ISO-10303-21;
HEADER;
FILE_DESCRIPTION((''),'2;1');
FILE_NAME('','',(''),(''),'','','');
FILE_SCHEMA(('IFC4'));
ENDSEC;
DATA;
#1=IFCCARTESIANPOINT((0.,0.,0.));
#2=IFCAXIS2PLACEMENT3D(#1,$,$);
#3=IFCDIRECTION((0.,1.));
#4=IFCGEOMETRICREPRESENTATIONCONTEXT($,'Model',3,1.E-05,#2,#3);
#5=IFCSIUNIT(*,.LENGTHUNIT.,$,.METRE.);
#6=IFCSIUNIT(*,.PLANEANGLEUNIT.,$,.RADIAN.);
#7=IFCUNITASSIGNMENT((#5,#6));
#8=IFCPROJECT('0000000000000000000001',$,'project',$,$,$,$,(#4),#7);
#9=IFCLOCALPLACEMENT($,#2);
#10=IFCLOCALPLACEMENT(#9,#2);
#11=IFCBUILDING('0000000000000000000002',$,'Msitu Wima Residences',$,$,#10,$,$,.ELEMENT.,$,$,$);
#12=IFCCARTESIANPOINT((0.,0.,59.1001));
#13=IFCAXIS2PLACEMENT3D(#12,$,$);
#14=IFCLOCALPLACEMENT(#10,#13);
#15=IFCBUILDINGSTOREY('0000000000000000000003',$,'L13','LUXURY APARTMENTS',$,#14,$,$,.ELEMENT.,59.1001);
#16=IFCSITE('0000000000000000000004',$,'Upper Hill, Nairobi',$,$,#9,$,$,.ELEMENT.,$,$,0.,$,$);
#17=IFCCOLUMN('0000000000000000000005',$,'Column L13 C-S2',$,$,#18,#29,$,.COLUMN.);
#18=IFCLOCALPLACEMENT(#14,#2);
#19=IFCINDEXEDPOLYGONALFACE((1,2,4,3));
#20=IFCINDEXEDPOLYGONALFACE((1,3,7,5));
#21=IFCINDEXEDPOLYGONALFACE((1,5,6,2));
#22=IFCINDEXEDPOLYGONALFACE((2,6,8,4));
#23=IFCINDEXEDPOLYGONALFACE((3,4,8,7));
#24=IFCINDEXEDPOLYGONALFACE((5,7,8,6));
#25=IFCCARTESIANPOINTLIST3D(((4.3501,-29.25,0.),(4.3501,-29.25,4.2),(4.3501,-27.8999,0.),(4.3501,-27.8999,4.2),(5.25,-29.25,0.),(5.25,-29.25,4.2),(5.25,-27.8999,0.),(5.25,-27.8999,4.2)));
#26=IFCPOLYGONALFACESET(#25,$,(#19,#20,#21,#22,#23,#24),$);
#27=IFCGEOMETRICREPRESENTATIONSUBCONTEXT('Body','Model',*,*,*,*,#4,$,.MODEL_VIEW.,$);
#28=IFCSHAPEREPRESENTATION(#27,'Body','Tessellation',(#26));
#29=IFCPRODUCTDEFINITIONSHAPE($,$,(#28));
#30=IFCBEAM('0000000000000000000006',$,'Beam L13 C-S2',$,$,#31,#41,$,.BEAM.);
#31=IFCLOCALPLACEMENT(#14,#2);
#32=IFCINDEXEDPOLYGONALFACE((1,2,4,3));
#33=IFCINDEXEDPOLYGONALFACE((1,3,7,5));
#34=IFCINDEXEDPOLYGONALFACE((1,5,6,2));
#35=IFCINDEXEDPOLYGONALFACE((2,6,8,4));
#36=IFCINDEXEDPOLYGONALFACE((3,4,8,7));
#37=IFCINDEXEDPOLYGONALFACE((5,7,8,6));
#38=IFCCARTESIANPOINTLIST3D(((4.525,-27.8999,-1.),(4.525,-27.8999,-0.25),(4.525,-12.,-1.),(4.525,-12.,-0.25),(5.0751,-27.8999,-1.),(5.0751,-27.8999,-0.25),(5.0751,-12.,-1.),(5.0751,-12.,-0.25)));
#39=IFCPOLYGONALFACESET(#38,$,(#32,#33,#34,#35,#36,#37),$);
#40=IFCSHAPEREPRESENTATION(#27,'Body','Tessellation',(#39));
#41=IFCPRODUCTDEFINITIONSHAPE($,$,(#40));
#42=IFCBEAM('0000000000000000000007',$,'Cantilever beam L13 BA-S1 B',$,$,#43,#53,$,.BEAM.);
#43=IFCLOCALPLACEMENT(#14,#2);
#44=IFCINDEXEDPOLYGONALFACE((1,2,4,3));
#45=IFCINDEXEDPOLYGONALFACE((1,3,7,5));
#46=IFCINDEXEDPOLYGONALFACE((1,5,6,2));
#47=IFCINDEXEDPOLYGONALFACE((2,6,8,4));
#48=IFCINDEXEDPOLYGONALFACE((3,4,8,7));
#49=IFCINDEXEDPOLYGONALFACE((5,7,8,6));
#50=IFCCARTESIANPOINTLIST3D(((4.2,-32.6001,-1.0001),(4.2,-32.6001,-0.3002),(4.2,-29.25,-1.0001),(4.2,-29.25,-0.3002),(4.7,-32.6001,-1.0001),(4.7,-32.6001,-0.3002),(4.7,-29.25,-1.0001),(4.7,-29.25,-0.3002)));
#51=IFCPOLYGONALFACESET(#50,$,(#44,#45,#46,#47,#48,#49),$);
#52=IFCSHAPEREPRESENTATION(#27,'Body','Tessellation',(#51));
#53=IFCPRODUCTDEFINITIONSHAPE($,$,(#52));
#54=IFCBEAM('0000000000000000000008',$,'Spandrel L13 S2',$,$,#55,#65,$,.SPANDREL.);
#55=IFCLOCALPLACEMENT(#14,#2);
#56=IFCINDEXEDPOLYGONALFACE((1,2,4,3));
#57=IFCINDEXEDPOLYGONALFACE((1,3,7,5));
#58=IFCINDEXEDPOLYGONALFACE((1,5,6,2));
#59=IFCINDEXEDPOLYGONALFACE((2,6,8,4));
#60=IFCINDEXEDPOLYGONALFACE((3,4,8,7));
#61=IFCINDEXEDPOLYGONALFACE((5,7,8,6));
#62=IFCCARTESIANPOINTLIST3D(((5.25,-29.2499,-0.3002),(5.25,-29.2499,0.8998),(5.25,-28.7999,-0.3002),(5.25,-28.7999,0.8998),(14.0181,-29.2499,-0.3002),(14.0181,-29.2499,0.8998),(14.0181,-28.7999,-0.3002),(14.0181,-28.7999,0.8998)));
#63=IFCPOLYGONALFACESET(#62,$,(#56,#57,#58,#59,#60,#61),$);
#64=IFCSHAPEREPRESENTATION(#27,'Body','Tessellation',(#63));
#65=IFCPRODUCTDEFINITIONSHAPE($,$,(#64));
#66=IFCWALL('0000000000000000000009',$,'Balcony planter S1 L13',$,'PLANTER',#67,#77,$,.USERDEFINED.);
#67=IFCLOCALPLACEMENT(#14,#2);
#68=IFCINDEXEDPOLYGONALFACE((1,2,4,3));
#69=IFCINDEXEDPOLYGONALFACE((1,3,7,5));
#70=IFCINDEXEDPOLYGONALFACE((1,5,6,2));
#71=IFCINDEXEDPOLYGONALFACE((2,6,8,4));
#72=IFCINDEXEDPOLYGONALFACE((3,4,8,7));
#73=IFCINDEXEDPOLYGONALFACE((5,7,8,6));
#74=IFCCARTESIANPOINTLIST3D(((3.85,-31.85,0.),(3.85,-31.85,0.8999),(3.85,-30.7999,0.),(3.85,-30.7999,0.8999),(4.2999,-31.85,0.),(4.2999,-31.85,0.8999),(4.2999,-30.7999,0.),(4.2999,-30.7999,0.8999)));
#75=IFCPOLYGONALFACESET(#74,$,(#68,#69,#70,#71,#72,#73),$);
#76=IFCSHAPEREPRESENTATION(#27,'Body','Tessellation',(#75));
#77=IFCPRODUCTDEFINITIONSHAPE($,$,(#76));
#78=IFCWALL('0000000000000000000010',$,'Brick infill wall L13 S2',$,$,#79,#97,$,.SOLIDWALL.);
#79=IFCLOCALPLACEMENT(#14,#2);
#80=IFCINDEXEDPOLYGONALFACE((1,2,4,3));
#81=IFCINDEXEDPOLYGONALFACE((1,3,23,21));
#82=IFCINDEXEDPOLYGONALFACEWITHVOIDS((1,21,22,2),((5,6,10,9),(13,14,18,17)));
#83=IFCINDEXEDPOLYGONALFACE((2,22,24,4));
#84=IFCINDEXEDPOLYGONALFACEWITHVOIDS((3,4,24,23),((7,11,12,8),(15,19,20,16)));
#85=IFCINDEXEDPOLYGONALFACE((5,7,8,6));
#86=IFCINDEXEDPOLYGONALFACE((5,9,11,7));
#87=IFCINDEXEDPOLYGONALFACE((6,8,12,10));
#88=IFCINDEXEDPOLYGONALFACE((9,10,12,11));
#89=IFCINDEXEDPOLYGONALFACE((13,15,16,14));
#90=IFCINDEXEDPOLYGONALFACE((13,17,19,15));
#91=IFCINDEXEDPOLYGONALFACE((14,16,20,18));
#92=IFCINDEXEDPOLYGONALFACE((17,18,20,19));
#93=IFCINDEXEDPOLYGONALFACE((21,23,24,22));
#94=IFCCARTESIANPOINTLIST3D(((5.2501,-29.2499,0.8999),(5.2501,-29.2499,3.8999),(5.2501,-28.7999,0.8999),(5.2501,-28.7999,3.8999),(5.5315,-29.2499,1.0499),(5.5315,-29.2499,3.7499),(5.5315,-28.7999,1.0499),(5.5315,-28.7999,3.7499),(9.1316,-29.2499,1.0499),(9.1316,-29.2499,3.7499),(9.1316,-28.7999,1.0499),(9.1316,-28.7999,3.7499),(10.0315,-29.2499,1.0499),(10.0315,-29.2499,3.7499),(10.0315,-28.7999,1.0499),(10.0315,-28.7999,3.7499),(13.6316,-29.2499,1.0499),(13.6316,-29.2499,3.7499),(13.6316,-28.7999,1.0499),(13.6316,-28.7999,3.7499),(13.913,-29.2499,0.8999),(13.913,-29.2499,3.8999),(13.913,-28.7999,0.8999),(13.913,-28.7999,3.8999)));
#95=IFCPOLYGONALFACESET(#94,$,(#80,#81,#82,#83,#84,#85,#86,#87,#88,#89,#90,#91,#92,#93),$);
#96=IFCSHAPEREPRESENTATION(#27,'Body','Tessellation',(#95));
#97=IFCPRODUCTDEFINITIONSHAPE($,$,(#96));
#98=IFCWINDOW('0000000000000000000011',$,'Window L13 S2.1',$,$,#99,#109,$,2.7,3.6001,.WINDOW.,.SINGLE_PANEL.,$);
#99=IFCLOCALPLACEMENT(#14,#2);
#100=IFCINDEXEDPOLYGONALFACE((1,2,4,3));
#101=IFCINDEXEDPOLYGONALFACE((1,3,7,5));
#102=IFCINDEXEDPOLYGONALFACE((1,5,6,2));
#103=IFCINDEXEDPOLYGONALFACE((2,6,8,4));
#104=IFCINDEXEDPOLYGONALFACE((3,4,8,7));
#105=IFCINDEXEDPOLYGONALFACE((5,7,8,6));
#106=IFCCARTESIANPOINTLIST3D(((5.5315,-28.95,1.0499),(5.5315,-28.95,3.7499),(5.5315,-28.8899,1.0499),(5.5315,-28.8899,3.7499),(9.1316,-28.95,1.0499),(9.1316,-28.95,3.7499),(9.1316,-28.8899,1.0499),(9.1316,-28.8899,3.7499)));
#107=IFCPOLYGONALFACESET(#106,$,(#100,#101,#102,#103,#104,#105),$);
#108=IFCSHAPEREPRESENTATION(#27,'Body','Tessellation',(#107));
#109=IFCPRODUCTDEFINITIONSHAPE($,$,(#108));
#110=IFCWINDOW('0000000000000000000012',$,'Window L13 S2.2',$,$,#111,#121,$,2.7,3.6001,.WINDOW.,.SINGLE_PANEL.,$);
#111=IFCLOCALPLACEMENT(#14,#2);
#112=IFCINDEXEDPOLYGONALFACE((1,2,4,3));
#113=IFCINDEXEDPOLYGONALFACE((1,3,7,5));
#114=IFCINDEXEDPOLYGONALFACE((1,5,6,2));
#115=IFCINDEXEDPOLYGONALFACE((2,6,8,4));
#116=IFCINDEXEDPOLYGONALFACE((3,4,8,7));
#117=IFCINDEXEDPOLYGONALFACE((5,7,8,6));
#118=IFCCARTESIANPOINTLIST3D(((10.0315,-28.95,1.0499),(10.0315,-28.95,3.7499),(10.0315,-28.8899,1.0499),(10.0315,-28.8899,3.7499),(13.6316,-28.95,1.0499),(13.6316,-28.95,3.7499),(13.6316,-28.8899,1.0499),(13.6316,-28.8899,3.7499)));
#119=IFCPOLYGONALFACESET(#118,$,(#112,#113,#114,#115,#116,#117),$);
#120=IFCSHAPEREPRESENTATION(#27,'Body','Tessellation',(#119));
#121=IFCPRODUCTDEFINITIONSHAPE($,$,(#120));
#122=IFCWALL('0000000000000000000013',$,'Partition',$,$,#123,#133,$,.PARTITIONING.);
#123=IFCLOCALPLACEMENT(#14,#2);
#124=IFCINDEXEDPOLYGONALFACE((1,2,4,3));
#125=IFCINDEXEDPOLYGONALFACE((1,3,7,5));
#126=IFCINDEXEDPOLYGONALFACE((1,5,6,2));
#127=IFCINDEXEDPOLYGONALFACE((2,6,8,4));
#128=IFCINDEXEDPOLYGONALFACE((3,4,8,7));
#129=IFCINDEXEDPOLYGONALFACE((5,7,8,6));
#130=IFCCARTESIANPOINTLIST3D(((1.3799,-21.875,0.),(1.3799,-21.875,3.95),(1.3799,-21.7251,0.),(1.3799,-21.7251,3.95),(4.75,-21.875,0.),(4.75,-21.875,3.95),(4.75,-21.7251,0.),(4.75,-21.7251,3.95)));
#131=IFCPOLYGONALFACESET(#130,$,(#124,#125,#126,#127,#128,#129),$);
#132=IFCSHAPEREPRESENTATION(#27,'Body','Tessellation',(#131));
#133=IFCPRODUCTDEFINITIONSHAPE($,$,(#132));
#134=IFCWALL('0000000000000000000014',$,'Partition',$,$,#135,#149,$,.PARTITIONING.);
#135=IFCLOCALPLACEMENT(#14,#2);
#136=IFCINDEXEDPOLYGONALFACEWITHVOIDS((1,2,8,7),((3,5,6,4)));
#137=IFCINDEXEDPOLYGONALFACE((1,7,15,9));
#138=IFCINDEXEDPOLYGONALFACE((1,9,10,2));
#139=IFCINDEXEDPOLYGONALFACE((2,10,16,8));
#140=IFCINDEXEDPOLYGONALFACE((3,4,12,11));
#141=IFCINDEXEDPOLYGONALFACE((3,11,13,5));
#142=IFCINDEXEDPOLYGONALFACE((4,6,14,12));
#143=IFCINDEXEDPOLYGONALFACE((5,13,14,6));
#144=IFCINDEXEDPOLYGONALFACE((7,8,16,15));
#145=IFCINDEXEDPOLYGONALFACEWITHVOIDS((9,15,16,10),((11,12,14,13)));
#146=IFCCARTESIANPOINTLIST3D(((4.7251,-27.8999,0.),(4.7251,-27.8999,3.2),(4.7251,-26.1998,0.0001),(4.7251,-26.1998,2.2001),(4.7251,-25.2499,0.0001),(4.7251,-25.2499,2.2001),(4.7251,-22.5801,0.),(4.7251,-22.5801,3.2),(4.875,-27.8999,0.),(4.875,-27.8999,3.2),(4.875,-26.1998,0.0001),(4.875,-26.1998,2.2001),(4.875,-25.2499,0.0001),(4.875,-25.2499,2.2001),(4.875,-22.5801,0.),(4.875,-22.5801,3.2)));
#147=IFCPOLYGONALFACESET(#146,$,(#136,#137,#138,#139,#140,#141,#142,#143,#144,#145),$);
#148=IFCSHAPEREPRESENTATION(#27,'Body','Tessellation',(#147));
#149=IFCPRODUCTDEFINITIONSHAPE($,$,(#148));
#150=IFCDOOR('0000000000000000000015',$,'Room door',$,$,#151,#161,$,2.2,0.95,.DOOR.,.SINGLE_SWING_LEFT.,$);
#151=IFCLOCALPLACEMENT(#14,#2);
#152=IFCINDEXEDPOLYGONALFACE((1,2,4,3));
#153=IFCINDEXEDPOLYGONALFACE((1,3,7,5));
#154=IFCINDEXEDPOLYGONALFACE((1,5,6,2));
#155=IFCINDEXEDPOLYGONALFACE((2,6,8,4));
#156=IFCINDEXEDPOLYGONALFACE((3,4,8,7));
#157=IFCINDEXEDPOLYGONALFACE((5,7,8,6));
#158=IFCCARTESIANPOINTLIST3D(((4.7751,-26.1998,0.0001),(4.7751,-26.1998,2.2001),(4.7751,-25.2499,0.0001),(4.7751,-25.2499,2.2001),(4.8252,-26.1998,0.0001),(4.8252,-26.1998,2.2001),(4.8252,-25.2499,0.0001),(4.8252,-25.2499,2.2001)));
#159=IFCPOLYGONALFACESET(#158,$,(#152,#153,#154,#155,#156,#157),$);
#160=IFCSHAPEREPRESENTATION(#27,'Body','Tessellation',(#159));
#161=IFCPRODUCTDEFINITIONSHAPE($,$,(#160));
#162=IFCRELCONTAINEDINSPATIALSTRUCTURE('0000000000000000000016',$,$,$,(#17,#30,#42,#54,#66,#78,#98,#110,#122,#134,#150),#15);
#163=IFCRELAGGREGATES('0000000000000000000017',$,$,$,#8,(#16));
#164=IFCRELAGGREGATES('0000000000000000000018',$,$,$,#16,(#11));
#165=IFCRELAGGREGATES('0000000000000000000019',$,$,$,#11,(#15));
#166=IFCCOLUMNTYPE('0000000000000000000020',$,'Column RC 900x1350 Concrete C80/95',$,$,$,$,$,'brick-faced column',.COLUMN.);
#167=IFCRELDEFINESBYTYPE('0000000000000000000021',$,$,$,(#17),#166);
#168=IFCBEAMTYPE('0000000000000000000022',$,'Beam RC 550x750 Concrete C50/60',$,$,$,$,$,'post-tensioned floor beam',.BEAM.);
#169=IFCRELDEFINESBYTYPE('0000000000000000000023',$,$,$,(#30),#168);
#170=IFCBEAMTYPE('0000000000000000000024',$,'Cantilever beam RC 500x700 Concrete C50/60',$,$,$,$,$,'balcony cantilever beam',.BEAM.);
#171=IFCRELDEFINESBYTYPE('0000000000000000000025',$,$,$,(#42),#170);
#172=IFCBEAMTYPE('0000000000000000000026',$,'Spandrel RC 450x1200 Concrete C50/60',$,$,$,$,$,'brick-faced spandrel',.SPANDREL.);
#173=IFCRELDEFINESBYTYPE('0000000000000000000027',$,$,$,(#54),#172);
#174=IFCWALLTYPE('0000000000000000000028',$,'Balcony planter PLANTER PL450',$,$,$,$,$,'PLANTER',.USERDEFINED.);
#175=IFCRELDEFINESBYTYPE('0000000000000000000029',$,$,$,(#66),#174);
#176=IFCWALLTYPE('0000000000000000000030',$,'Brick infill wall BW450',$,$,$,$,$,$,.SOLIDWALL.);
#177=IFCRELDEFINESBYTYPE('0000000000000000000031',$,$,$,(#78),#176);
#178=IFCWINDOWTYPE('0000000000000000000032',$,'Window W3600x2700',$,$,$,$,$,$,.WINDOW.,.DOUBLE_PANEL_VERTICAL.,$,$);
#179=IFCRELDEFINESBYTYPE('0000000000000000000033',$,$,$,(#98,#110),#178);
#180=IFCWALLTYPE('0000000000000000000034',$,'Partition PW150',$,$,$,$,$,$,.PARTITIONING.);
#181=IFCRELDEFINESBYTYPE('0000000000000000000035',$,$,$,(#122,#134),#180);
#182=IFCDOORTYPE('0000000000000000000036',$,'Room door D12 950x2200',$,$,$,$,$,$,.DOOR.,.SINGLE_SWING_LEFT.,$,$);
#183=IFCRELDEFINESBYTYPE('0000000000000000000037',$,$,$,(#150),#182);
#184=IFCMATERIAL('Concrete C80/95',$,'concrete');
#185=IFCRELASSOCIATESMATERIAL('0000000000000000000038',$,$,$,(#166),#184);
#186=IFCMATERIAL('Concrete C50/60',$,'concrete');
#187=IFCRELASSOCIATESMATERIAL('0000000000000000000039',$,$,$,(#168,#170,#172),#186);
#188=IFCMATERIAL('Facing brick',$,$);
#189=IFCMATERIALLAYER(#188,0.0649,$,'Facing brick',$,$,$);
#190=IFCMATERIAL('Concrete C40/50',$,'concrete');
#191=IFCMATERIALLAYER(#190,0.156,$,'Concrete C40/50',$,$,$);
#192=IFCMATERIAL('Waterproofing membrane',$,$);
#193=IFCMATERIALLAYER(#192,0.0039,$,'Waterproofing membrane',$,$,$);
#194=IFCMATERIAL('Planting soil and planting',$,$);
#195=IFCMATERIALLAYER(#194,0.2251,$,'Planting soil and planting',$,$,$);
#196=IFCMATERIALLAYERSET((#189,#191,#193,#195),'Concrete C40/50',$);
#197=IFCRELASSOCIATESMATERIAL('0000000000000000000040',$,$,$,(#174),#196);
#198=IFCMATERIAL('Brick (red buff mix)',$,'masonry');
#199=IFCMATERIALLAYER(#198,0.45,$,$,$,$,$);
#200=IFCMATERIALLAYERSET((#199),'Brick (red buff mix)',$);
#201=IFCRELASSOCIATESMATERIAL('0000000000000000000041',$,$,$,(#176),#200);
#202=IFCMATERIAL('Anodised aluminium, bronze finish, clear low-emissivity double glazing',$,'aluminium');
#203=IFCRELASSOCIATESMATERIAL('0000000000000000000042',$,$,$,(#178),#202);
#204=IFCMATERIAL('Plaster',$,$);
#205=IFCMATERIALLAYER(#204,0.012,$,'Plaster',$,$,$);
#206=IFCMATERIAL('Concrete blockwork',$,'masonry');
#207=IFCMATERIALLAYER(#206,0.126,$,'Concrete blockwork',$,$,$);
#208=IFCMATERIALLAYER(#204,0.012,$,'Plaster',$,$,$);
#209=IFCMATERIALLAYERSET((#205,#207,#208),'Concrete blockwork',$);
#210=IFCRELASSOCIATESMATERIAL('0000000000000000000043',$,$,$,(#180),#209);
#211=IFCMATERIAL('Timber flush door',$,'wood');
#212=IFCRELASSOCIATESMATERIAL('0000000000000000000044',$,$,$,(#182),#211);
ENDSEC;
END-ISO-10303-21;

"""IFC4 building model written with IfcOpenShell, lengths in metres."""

from ifc_helpers import new_model, si_unit, direction, frame, frame_2d, origin, origin_2d, place, context, subcontext, project, spatial, rectangle, extrude, material, layer, layer_set, material_profile, profile_set, type_object, element, fill, save


model = new_model("IFC4")

# Units and contexts
model_context = context("Model", 3, precision=1e-05, world=origin(), true_north=direction((0.0, 1.0)))
body_context = subcontext(model_context, "Body", "Model", "MODEL_VIEW")
ifc_project = project(units=[si_unit("LENGTHUNIT", "METRE"), si_unit("PLANEANGLEUNIT", "RADIAN")], contexts=[model_context])

# Site, building, storey
site_placement = place(None, origin())
site = spatial("IfcSite", under=ifc_project, at=site_placement, Name="Upper Hill, Nairobi", CompositionType="ELEMENT", RefElevation=0.0)
building_placement = place(site_placement, origin())
building = spatial("IfcBuilding", under=site, at=building_placement, Name="Msitu Wima Residences", CompositionType="ELEMENT")
storey_placement = place(building_placement, frame((0.0, 0.0, 59.1001)))
storey = spatial("IfcBuildingStorey", under=building, at=storey_placement, Name="L13", Description="LUXURY APARTMENTS", CompositionType="ELEMENT", Elevation=59.1001)

# Column
ifc_material_1 = material(Name="Concrete C80/95", Category="concrete")
ifc_material_profile_1 = material_profile(ifc_material_1, rectangle(XDim=0.8999, YDim=1.3501, at=origin_2d()), Name="RC 900x1350")
ifc_profile_set_1 = profile_set([ifc_material_profile_1], Name="Concrete C80/95")
column_type = type_object("IfcColumnType", Name="Column RC 900x1350 Concrete C80/95", ElementType="brick-faced column", PredefinedType="COLUMN", material=ifc_profile_set_1)
column_placement = place(storey_placement, frame((4.8, -28.575, 0.0), z_axis=(0.0, 0.0, 1.0), x_axis=(1.0, 0.0, 0.0)))
element("IfcColumn", 1, at=column_placement, inside=storey, type_object=column_type, Name="Column L13 C-S2", PredefinedType="COLUMN", context=body_context, shape_type="SweptSolid", body=[
    extrude(rectangle(XDim=0.8999, YDim=1.3501, at=origin_2d()), origin(), (0.0, 0.0, 1.0), 4.2),
])

# Beams
ifc_material_2 = material(Name="Concrete C50/60", Category="concrete")
ifc_material_profile_2 = material_profile(ifc_material_2, rectangle(XDim=0.55, YDim=0.75, at=origin_2d()), Name="RC 550x750")
ifc_profile_set_2 = profile_set([ifc_material_profile_2], Name="Concrete C50/60")
beam_type_1 = type_object("IfcBeamType", Name="Beam RC 550x750 Concrete C50/60", ElementType="post-tensioned floor beam", PredefinedType="BEAM", material=ifc_profile_set_2)
beam_1_placement = place(storey_placement, frame((4.8, -27.8999, -0.625), z_axis=(0.0, 1.0, 0.0), x_axis=(-1.0, 0.0, 0.0)))
element("IfcBeam", 2, at=beam_1_placement, inside=storey, type_object=beam_type_1, Name="Beam L13 C-S2", PredefinedType="BEAM", context=body_context, shape_type="SweptSolid", body=[
    extrude(rectangle(XDim=0.55, YDim=0.75, at=origin_2d()), origin(), (0.0, 0.0, 1.0), 15.8999),
])
ifc_material_profile_3 = material_profile(ifc_material_2, rectangle(XDim=0.5, YDim=0.7, at=origin_2d()), Name="RC 500x700")
ifc_profile_set_3 = profile_set([ifc_material_profile_3], Name="Concrete C50/60")
beam_type_2 = type_object("IfcBeamType", Name="Cantilever beam RC 500x700 Concrete C50/60", ElementType="balcony cantilever beam", PredefinedType="BEAM", material=ifc_profile_set_3)
beam_2_placement = place(storey_placement, frame((4.45, -29.25, -0.6501), z_axis=(0.0, -1.0, 0.0), x_axis=(1.0, 0.0, 0.0)))
element("IfcBeam", 3, at=beam_2_placement, inside=storey, type_object=beam_type_2, Name="Cantilever beam L13 BA-S1 B", PredefinedType="BEAM", context=body_context, shape_type="SweptSolid", body=[
    extrude(rectangle(XDim=0.5, YDim=0.7, at=origin_2d()), origin(), (0.0, 0.0, 1.0), 3.3501),
])
ifc_material_profile_4 = material_profile(ifc_material_2, rectangle(XDim=0.45, YDim=1.2, at=origin_2d()), Name="RC 450x1200")
ifc_profile_set_4 = profile_set([ifc_material_profile_4], Name="Concrete C50/60")
beam_type_3 = type_object("IfcBeamType", Name="Spandrel RC 450x1200 Concrete C50/60", ElementType="brick-faced spandrel", PredefinedType="SPANDREL", material=ifc_profile_set_4)
beam_3_placement = place(storey_placement, frame((5.25, -29.0249, 0.2998), z_axis=(1.0, 0.0, 0.0), x_axis=(0.0, 1.0, 0.0)))
element("IfcBeam", 4, at=beam_3_placement, inside=storey, type_object=beam_type_3, Name="Spandrel L13 S2", PredefinedType="SPANDREL", context=body_context, shape_type="SweptSolid", body=[
    extrude(rectangle(XDim=0.45, YDim=1.2, at=origin_2d()), origin(), (0.0, 0.0, 1.0), 8.7681),
])

# Wall
ifc_material_3 = material(Name="Facing brick")
ifc_layer_1 = layer(ifc_material_3, 0.0649, Name="Facing brick")
ifc_material_4 = material(Name="Concrete C40/50", Category="concrete")
ifc_layer_2 = layer(ifc_material_4, 0.156, Name="Concrete C40/50")
ifc_material_5 = material(Name="Waterproofing membrane")
ifc_layer_3 = layer(ifc_material_5, 0.0039, Name="Waterproofing membrane")
ifc_material_6 = material(Name="Planting soil and planting")
ifc_layer_4 = layer(ifc_material_6, 0.2251, Name="Planting soil and planting")
ifc_layer_set_1 = layer_set([ifc_layer_1, ifc_layer_2, ifc_layer_3, ifc_layer_4], Name="Concrete C40/50")
wall_type_1 = type_object("IfcWallType", Name="Balcony planter PLANTER PL450", ElementType="PLANTER", PredefinedType="USERDEFINED", material=ifc_layer_set_1)
wall_1_placement = place(storey_placement, frame((4.075, -30.8, 0.0), z_axis=(0.0, 0.0, 1.0), x_axis=(0.0, -1.0, 0.0)))
element("IfcWall", 5, at=wall_1_placement, inside=storey, type_object=wall_type_1, Name="Balcony planter S1 L13", ObjectType="PLANTER", PredefinedType="USERDEFINED", context=body_context, shape_type="SweptSolid", body=[
    extrude(rectangle(XDim=1.05, YDim=0.45, at=frame_2d((0.5249, 0.0))), origin(), (0.0, 0.0, 1.0), 0.8999),
])

# Wall, openings, windows
ifc_material_7 = material(Name="Brick (red buff mix)", Category="masonry")
ifc_layer_5 = layer(ifc_material_7, 0.45)
ifc_layer_set_2 = layer_set([ifc_layer_5], Name="Brick (red buff mix)")
wall_type_2 = type_object("IfcWallType", Name="Brick infill wall BW450", PredefinedType="SOLIDWALL", material=ifc_layer_set_2)
wall_2_placement = place(storey_placement, frame((5.25, -29.0249, 0.8999), z_axis=(0.0, 0.0, 1.0), x_axis=(1.0, 0.0, 0.0)))
wall_2 = element("IfcWall", 6, at=wall_2_placement, inside=storey, type_object=wall_type_2, Name="Brick infill wall L13 S2", PredefinedType="SOLIDWALL", context=body_context, shape_type="SweptSolid", body=[
    extrude(rectangle(XDim=8.6628, YDim=0.45, at=frame_2d((4.3315, 0.0))), origin(), (0.0, 0.0, 1.0), 3.0),
])
opening_1_placement = place(wall_2_placement, frame((0.2815, 0.0, 0.1499)))
opening_1 = element("IfcOpeningElement", 7, at=opening_1_placement, cuts=wall_2, PredefinedType="OPENING", context=body_context, shape_type="SweptSolid", body=[
    extrude(rectangle(XDim=3.6001, YDim=2.7, at=frame_2d((1.8, 1.3501))), frame((0.0, 0.2349, 0.0), z_axis=(0.0, -1.0, 0.0), x_axis=(1.0, 0.0, 0.0)), (0.0, 0.0, 1.0), 0.47),
])
opening_2_placement = place(wall_2_placement, frame((4.7815, 0.0, 0.1499)))
opening_2 = element("IfcOpeningElement", 8, at=opening_2_placement, cuts=wall_2, PredefinedType="OPENING", context=body_context, shape_type="SweptSolid", body=[
    extrude(rectangle(XDim=3.6001, YDim=2.7, at=frame_2d((1.8, 1.3501))), frame((0.0, 0.2349, 0.0), z_axis=(0.0, -1.0, 0.0), x_axis=(1.0, 0.0, 0.0)), (0.0, 0.0, 1.0), 0.47),
])
ifc_material_8 = material(Name="Anodised aluminium, bronze finish, clear low-emissivity double glazing", Category="aluminium")
window_type = type_object("IfcWindowType", Name="Window W3600x2700", PartitioningType="DOUBLE_PANEL_VERTICAL", PredefinedType="WINDOW", material=ifc_material_8)
window_1_placement = place(opening_1_placement, origin())
window_1 = element("IfcWindow", 9, at=window_1_placement, inside=storey, type_object=window_type, Name="Window L13 S2.1", OverallHeight=2.7, OverallWidth=3.6001, PartitioningType="SINGLE_PANEL", PredefinedType="WINDOW", context=body_context, shape_type="SweptSolid", body=[
    extrude(rectangle(XDim=3.6001, YDim=2.7, at=frame_2d((1.8, 1.3501))), frame((0.0, 0.135, 0.0), z_axis=(0.0, -1.0, 0.0), x_axis=(1.0, 0.0, 0.0)), (0.0, 0.0, 1.0), 0.0601),
])
fill(opening_1, window_1)
window_2_placement = place(opening_2_placement, origin())
window_2 = element("IfcWindow", 10, at=window_2_placement, inside=storey, type_object=window_type, Name="Window L13 S2.2", OverallHeight=2.7, OverallWidth=3.6001, PartitioningType="SINGLE_PANEL", PredefinedType="WINDOW", context=body_context, shape_type="SweptSolid", body=[
    extrude(rectangle(XDim=3.6001, YDim=2.7, at=frame_2d((1.8, 1.3501))), frame((0.0, 0.135, 0.0), z_axis=(0.0, -1.0, 0.0), x_axis=(1.0, 0.0, 0.0)), (0.0, 0.0, 1.0), 0.0601),
])
fill(opening_2, window_2)

# Wall
ifc_material_9 = material(Name="Plaster")
ifc_layer_6 = layer(ifc_material_9, 0.012, Name="Plaster")
ifc_material_10 = material(Name="Concrete blockwork", Category="masonry")
ifc_layer_7 = layer(ifc_material_10, 0.126, Name="Concrete blockwork")
ifc_layer_8 = layer(ifc_material_9, 0.012, Name="Plaster")
ifc_layer_set_3 = layer_set([ifc_layer_6, ifc_layer_7, ifc_layer_8], Name="Concrete blockwork")
wall_type_3 = type_object("IfcWallType", Name="Partition PW150", PredefinedType="PARTITIONING", material=ifc_layer_set_3)
wall_3_placement = place(storey_placement, frame((1.3799, -21.8, 0.0), z_axis=(0.0, 0.0, 1.0), x_axis=(1.0, 0.0, 0.0)))
element("IfcWall", 11, at=wall_3_placement, inside=storey, type_object=wall_type_3, Name="Partition", PredefinedType="PARTITIONING", context=body_context, shape_type="SweptSolid", body=[
    extrude(rectangle(XDim=3.3701, YDim=0.1499, at=frame_2d((1.6851, 0.0))), origin(), (0.0, 0.0, 1.0), 3.95),
])

# Wall, opening, door
wall_4_placement = place(storey_placement, frame((4.8, -27.8999, 0.0), z_axis=(0.0, 0.0, 1.0), x_axis=(0.0, 1.0, 0.0)))
wall_4 = element("IfcWall", 12, at=wall_4_placement, inside=storey, type_object=wall_type_3, Name="Partition", PredefinedType="PARTITIONING", context=body_context, shape_type="SweptSolid", body=[
    extrude(rectangle(XDim=5.3198, YDim=0.1499, at=frame_2d((2.6599, 0.0))), origin(), (0.0, 0.0, 1.0), 3.2),
])
opening_3_placement = place(wall_4_placement, frame((1.7, 0.0, 0.0)))
opening_3 = element("IfcOpeningElement", 13, at=opening_3_placement, cuts=wall_4, PredefinedType="OPENING", context=body_context, shape_type="SweptSolid", body=[
    extrude(rectangle(XDim=0.95, YDim=2.2, at=frame_2d((0.4751, 1.1001))), frame((0.0, 0.085, 0.0), z_axis=(0.0, -1.0, 0.0), x_axis=(1.0, 0.0, 0.0)), (0.0, 0.0, 1.0), 0.1699),
])
ifc_material_11 = material(Name="Timber flush door", Category="wood")
door_type_1 = type_object("IfcDoorType", Name="Room door D12 950x2200", OperationType="SINGLE_SWING_LEFT", PredefinedType="DOOR", material=ifc_material_11)
door_1_placement = place(opening_3_placement, origin())
door_1 = element("IfcDoor", 14, at=door_1_placement, inside=storey, type_object=door_type_1, Name="Room door", OperationType="SINGLE_SWING_LEFT", OverallHeight=2.2, OverallWidth=0.95, PredefinedType="DOOR", context=body_context, shape_type="SweptSolid", body=[
    extrude(rectangle(XDim=0.95, YDim=2.2, at=frame_2d((0.4751, 1.1001))), frame((0.0, 0.0249, 0.0), z_axis=(0.0, -1.0, 0.0), x_axis=(1.0, 0.0, 0.0)), (0.0, 0.0, 1.0), 0.05),
])
fill(opening_3, door_1)

save(model, "model.ifc")
